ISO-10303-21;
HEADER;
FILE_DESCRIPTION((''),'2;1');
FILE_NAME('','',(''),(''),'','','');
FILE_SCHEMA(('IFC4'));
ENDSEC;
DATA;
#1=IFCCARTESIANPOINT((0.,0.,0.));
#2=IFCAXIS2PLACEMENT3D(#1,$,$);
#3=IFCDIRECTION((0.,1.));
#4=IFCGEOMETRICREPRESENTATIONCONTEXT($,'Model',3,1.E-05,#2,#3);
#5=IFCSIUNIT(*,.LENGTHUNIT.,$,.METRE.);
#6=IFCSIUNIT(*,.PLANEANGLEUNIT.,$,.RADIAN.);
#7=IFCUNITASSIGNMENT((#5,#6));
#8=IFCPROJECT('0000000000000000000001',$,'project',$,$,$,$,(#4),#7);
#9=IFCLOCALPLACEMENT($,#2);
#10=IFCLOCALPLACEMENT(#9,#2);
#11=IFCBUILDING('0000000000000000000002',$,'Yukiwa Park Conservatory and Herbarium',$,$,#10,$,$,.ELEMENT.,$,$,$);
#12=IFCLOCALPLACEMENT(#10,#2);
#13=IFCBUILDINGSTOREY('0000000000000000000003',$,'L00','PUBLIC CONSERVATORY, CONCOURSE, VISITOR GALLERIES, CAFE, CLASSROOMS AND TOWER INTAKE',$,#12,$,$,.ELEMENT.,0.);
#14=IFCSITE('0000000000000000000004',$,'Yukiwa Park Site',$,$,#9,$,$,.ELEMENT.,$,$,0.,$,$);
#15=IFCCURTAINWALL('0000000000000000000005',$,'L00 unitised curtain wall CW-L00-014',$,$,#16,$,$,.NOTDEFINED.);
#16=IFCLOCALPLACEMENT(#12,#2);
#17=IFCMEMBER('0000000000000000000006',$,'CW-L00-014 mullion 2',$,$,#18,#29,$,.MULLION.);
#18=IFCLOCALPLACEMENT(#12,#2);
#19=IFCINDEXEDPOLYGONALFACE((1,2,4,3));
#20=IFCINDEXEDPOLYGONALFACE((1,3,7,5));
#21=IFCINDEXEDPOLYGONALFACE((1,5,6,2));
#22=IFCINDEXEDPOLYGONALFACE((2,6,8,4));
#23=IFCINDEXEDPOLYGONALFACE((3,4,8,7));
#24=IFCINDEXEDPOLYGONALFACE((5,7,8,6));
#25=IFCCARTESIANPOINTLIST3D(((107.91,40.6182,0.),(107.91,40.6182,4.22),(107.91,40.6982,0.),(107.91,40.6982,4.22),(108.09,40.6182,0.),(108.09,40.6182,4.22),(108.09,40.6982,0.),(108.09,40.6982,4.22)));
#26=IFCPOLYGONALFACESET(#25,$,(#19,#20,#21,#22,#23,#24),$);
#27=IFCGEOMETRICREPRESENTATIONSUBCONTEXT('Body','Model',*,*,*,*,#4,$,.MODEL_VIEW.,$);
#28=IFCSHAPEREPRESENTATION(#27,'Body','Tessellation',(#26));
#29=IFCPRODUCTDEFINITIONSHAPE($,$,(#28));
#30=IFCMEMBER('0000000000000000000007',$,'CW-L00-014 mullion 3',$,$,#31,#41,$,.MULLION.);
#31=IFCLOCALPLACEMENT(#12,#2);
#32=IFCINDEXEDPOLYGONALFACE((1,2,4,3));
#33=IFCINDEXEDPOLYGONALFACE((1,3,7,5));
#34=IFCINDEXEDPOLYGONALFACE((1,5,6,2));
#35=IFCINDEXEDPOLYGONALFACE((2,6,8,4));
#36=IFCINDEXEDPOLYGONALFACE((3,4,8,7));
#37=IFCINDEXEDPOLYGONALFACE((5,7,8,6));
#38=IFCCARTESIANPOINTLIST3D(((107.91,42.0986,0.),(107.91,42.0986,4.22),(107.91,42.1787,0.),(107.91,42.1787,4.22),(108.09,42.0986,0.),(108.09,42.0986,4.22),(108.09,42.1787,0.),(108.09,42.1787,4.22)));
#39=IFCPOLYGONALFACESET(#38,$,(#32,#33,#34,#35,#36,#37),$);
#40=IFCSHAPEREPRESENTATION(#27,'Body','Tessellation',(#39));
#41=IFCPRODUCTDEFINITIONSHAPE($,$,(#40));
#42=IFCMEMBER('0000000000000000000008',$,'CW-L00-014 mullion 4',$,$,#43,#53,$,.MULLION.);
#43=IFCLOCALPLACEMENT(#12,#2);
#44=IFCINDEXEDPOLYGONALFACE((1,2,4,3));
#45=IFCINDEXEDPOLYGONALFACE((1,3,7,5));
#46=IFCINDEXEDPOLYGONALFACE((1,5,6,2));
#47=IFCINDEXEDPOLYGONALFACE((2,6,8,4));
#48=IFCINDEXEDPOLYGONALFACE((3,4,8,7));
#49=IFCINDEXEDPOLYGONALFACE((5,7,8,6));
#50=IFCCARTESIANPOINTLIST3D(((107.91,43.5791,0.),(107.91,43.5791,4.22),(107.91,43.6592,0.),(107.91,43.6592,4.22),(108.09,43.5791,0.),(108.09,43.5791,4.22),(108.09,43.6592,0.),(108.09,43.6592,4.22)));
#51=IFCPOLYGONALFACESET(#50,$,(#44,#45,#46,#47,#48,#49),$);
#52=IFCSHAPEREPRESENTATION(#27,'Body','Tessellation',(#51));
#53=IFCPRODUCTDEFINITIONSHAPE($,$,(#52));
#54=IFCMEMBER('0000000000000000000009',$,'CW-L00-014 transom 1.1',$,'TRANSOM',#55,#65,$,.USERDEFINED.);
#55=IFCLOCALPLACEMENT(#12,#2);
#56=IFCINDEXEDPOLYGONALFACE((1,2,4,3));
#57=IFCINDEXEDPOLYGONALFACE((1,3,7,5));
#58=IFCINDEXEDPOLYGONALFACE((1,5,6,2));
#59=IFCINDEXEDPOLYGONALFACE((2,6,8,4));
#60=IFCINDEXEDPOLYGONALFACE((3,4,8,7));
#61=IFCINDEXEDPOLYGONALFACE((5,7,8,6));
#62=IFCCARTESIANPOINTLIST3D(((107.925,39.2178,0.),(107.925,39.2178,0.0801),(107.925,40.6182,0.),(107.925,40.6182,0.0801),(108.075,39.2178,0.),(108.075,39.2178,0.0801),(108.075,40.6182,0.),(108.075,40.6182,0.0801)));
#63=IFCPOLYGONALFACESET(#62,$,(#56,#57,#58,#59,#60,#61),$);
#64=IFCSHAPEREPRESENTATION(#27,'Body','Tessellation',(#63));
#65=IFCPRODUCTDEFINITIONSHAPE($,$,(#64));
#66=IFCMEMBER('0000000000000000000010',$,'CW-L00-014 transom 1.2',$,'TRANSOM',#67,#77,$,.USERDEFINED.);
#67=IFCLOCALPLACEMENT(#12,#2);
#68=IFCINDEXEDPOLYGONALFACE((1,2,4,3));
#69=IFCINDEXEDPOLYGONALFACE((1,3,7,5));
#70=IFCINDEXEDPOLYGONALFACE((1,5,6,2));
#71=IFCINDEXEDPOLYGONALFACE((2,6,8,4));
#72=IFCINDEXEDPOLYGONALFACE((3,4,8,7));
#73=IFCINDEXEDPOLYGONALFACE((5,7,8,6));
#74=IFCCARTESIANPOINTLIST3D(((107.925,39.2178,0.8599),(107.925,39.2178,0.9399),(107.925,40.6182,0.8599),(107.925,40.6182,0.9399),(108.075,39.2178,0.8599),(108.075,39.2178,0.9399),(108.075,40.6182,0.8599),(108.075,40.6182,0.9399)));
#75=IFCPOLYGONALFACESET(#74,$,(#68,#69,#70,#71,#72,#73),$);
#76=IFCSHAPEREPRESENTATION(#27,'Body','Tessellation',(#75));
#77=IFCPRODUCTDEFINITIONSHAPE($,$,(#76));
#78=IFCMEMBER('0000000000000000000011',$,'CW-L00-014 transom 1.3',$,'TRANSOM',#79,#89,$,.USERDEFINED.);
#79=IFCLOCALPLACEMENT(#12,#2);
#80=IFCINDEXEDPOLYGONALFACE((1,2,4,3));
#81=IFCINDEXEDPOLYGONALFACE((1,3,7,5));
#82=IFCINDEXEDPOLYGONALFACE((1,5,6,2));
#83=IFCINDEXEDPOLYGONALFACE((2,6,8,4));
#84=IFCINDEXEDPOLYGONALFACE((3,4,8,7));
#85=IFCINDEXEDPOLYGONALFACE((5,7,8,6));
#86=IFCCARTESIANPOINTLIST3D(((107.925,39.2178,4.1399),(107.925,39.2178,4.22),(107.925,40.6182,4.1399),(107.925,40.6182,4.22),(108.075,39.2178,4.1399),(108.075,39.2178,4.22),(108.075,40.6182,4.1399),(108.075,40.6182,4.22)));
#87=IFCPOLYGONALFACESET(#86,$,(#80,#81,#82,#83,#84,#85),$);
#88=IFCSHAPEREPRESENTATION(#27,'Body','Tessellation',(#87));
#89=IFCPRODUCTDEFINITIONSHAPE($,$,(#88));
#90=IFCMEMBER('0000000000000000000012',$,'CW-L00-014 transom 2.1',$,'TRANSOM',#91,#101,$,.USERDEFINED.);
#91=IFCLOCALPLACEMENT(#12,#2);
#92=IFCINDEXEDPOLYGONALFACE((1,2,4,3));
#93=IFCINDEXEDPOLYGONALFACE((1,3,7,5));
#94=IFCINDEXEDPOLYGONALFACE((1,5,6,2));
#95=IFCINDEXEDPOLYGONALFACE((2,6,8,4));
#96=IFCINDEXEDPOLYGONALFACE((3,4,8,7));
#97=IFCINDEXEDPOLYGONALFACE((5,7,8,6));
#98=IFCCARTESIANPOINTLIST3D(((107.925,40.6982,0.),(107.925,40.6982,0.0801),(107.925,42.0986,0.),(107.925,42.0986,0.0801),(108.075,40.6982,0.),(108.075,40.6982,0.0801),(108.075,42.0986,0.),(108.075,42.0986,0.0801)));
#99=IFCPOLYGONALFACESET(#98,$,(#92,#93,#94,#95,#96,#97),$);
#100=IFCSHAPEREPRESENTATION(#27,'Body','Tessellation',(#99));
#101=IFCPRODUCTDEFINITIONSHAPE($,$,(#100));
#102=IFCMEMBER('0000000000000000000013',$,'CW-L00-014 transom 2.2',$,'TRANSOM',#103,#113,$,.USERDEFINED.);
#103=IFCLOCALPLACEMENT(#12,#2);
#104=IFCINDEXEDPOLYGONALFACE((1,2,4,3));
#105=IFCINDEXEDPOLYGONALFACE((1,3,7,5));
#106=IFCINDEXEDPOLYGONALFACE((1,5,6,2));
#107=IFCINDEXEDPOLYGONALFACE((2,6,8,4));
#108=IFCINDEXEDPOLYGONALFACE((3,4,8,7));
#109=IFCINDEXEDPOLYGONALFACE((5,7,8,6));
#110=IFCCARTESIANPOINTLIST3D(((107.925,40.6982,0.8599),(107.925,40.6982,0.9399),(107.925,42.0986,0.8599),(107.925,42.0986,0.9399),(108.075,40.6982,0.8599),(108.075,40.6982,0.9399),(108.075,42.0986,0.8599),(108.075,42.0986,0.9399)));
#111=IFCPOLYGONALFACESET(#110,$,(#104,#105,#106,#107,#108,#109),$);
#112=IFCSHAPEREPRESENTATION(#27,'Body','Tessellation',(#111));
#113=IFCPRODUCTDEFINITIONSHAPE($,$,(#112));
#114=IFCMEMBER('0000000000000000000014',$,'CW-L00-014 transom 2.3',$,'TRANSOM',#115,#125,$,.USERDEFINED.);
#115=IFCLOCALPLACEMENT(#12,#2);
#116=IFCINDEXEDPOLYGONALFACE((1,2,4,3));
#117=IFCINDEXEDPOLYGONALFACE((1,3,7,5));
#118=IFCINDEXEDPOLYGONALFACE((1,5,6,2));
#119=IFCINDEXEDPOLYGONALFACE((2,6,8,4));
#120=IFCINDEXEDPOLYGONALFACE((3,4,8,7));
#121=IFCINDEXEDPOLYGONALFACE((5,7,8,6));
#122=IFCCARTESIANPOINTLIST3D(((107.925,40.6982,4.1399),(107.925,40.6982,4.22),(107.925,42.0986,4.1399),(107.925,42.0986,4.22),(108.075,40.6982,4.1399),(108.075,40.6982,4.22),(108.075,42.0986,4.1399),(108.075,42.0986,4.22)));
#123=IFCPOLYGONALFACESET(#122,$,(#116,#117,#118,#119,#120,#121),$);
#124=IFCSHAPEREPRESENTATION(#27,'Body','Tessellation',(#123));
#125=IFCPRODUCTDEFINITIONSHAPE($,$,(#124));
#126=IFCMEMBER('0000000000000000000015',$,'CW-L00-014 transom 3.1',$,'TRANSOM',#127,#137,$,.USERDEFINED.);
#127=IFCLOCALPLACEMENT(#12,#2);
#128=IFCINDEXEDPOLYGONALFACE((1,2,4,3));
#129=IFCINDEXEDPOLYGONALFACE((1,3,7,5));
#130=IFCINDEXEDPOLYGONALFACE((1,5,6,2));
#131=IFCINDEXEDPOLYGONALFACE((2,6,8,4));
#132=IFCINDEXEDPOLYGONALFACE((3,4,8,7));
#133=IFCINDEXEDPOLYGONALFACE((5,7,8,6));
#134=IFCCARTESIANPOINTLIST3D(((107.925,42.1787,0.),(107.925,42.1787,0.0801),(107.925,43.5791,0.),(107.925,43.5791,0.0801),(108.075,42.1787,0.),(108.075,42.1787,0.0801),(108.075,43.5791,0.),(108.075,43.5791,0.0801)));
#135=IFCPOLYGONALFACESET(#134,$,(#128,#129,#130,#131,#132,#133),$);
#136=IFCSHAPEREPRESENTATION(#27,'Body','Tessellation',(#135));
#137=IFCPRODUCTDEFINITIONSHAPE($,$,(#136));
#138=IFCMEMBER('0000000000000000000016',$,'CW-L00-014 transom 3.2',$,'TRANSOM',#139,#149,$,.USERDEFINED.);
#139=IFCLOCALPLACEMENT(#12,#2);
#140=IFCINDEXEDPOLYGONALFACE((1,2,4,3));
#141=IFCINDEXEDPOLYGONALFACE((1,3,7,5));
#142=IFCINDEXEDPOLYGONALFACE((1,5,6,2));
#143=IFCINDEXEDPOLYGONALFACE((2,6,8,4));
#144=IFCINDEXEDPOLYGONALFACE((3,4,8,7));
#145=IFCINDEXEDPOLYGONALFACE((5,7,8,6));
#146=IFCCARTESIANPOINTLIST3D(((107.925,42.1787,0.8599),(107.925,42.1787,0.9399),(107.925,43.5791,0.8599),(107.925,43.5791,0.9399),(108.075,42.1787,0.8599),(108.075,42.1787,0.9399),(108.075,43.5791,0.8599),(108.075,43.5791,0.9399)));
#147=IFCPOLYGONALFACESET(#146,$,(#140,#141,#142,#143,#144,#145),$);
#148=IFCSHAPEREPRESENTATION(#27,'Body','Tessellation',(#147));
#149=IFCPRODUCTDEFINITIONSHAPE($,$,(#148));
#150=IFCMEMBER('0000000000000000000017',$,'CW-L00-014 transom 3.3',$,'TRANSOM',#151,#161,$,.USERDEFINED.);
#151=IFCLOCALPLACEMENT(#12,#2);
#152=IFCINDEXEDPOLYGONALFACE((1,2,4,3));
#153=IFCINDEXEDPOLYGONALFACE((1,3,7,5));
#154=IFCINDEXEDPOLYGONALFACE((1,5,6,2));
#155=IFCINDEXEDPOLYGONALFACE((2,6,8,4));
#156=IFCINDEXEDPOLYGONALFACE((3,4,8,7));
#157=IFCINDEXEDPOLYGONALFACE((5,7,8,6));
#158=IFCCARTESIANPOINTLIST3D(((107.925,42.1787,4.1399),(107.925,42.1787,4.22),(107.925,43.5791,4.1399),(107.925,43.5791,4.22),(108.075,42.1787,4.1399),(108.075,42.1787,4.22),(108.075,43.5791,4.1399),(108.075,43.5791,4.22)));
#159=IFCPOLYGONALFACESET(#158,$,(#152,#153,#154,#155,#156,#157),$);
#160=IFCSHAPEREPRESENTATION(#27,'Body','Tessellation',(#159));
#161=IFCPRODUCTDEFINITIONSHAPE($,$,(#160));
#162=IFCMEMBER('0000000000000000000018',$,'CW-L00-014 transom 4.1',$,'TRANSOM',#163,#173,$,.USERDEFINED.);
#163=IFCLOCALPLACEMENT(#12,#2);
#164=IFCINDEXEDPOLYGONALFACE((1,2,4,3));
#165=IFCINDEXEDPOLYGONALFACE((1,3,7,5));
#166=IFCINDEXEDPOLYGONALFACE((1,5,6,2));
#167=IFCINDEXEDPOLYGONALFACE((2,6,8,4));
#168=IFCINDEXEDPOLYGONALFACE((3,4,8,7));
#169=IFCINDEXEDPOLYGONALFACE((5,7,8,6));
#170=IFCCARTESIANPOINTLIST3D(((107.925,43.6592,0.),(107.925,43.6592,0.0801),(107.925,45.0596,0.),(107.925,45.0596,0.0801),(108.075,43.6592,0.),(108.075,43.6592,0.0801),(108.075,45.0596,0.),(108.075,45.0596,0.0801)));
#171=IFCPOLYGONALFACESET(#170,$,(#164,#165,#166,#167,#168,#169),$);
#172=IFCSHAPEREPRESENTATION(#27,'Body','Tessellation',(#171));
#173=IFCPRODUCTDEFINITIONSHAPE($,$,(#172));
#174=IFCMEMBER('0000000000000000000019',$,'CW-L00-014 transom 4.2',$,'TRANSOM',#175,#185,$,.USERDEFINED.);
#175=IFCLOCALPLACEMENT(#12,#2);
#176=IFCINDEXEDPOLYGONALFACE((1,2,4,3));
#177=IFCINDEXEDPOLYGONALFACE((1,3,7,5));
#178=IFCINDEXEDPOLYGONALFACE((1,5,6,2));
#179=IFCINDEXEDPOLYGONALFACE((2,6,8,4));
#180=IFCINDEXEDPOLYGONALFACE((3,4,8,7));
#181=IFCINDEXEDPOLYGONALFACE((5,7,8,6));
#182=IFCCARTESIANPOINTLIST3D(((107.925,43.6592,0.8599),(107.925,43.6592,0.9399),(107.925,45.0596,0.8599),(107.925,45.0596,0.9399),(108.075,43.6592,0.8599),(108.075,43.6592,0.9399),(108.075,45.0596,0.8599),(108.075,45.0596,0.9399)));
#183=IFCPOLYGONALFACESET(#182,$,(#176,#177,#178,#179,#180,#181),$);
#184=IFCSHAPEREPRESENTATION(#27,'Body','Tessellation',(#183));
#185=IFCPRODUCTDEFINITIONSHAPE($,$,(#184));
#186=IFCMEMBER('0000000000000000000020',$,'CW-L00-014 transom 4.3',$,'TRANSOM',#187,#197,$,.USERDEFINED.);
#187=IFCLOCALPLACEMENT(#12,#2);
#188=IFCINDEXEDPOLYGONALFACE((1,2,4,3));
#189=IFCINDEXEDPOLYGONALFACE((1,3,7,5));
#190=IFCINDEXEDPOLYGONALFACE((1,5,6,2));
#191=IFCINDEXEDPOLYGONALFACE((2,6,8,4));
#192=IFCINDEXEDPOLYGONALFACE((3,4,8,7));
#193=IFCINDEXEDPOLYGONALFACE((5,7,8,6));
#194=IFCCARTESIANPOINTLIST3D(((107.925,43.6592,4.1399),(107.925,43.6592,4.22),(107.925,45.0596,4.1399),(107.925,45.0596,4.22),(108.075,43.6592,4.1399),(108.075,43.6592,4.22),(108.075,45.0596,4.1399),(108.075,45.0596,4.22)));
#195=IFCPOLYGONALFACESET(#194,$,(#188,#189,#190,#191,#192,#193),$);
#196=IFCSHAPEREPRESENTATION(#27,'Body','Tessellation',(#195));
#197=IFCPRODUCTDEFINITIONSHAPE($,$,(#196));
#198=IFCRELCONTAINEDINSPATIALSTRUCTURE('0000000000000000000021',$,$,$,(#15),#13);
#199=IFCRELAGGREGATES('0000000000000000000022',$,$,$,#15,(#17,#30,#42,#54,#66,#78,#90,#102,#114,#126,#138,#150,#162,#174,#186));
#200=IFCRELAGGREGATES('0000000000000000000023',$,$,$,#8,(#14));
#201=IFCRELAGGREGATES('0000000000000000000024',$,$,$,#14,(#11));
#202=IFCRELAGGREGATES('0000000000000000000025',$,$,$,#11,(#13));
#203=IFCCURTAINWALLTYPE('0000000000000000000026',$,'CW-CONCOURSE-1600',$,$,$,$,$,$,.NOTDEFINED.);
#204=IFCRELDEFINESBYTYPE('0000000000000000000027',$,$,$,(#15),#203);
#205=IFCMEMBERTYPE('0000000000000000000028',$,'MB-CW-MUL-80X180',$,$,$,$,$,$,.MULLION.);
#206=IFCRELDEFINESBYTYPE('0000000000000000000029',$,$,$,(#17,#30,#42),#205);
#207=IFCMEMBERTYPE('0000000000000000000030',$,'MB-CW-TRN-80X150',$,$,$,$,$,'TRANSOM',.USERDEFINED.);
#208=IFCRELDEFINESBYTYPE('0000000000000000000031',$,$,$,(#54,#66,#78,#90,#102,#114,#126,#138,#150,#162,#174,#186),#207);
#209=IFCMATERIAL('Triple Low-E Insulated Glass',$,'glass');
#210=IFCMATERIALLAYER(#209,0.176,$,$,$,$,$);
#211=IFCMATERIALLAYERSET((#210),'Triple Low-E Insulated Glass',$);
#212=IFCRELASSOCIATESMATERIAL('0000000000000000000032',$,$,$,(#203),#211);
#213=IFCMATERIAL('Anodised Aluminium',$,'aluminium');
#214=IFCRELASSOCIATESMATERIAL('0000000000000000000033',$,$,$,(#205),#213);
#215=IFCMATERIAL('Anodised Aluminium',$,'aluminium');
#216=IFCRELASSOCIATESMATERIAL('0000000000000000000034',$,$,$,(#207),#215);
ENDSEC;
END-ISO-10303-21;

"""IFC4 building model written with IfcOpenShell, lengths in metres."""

from ifc_helpers import new_model, si_unit, direction, frame, origin, origin_2d, place, context, subcontext, project, spatial, rectangle, extrude, material, layer, layer_set, type_object, element, aggregate, save


model = new_model("IFC4")

# Units and contexts
model_context = context("Model", 3, precision=1e-05, world=origin(), true_north=direction((0.0, 1.0)))
body_context = subcontext(model_context, "Body", "Model", "MODEL_VIEW")
ifc_project = project(units=[si_unit("LENGTHUNIT", "METRE"), si_unit("PLANEANGLEUNIT", "RADIAN")], contexts=[model_context])

# Site, building, storey
site_placement = place(None, origin())
site = spatial("IfcSite", under=ifc_project, at=site_placement, Name="Yukiwa Park Site", CompositionType="ELEMENT", RefElevation=0.0)
building_placement = place(site_placement, origin())
building = spatial("IfcBuilding", under=site, at=building_placement, Name="Yukiwa Park Conservatory and Herbarium", CompositionType="ELEMENT")
storey_placement = place(building_placement, origin())
storey = spatial("IfcBuildingStorey", under=building, at=storey_placement, Name="L00", Description="PUBLIC CONSERVATORY, CONCOURSE, VISITOR GALLERIES, CAFE, CLASSROOMS AND TOWER INTAKE", CompositionType="ELEMENT", Elevation=0.0)

# Shared definitions
ifc_material_1 = material(Name="Triple Low-E Insulated Glass", Category="glass")
ifc_layer_1 = layer(ifc_material_1, 0.176)
ifc_layer_set_1 = layer_set([ifc_layer_1], Name="Triple Low-E Insulated Glass")
curtain_wall_type = type_object("IfcCurtainWallType", Name="CW-CONCOURSE-1600", PredefinedType="NOTDEFINED", material=ifc_layer_set_1)
ifc_material_2 = material(Name="Anodised Aluminium", Category="aluminium")
member_type_1 = type_object("IfcMemberType", Name="MB-CW-MUL-80X180", PredefinedType="MULLION", material=ifc_material_2)

# Curtain wall, members
curtain_wall_1_placement = place(storey_placement, origin())
curtain_wall_1 = element("IfcCurtainWall", 1, at=curtain_wall_1_placement, inside=storey, type_object=curtain_wall_type, Name="L00 unitised curtain wall CW-L00-014", PredefinedType="NOTDEFINED")
member_1_placement = place(storey_placement, frame((108.0, 40.6582, 0.0), z_axis=(0.0, 0.0, 1.0), x_axis=(0.0, 1.0, 0.0)))
member_1 = element("IfcMember", 2, at=member_1_placement, type_object=member_type_1, Name="CW-L00-014 mullion 2", PredefinedType="MULLION", context=body_context, shape_type="SweptSolid", body=[
    extrude(rectangle(XDim=0.0801, YDim=0.1799, at=origin_2d()), origin(), (0.0, 0.0, 1.0), 4.22),
])
member_2_placement = place(storey_placement, frame((108.0, 42.1387, 0.0), z_axis=(0.0, 0.0, 1.0), x_axis=(0.0, 1.0, 0.0)))
member_2 = element("IfcMember", 3, at=member_2_placement, type_object=member_type_1, Name="CW-L00-014 mullion 3", PredefinedType="MULLION", context=body_context, shape_type="SweptSolid", body=[
    extrude(rectangle(XDim=0.0801, YDim=0.1799, at=origin_2d()), origin(), (0.0, 0.0, 1.0), 4.22),
])
member_3_placement = place(storey_placement, frame((108.0, 43.6191, 0.0), z_axis=(0.0, 0.0, 1.0), x_axis=(0.0, 1.0, 0.0)))
member_3 = element("IfcMember", 4, at=member_3_placement, type_object=member_type_1, Name="CW-L00-014 mullion 4", PredefinedType="MULLION", context=body_context, shape_type="SweptSolid", body=[
    extrude(rectangle(XDim=0.0801, YDim=0.1799, at=origin_2d()), origin(), (0.0, 0.0, 1.0), 4.22),
])
ifc_material_3 = material(Name="Anodised Aluminium", Category="aluminium")
member_type_2 = type_object("IfcMemberType", Name="MB-CW-TRN-80X150", ElementType="TRANSOM", PredefinedType="USERDEFINED", material=ifc_material_3)
member_4_placement = place(storey_placement, frame((108.0, 39.918, 0.0), z_axis=(0.0, 0.0, 1.0), x_axis=(0.0, 1.0, 0.0)))
member_4 = element("IfcMember", 5, at=member_4_placement, type_object=member_type_2, Name="CW-L00-014 transom 1.1", ObjectType="TRANSOM", PredefinedType="USERDEFINED", context=body_context, shape_type="SweptSolid", body=[
    extrude(rectangle(XDim=1.4004, YDim=0.1499, at=origin_2d()), origin(), (0.0, 0.0, 1.0), 0.0801),
])
member_5_placement = place(storey_placement, frame((108.0, 39.918, 0.8599), z_axis=(0.0, 0.0, 1.0), x_axis=(0.0, 1.0, 0.0)))
member_5 = element("IfcMember", 6, at=member_5_placement, type_object=member_type_2, Name="CW-L00-014 transom 1.2", ObjectType="TRANSOM", PredefinedType="USERDEFINED", context=body_context, shape_type="SweptSolid", body=[
    extrude(rectangle(XDim=1.4004, YDim=0.1499, at=origin_2d()), origin(), (0.0, 0.0, 1.0), 0.0801),
])
member_6_placement = place(storey_placement, frame((108.0, 39.918, 4.1399), z_axis=(0.0, 0.0, 1.0), x_axis=(0.0, 1.0, 0.0)))
member_6 = element("IfcMember", 7, at=member_6_placement, type_object=member_type_2, Name="CW-L00-014 transom 1.3", ObjectType="TRANSOM", PredefinedType="USERDEFINED", context=body_context, shape_type="SweptSolid", body=[
    extrude(rectangle(XDim=1.4004, YDim=0.1499, at=origin_2d()), origin(), (0.0, 0.0, 1.0), 0.0801),
])
member_7_placement = place(storey_placement, frame((108.0, 41.3984, 0.0), z_axis=(0.0, 0.0, 1.0), x_axis=(0.0, 1.0, 0.0)))
member_7 = element("IfcMember", 8, at=member_7_placement, type_object=member_type_2, Name="CW-L00-014 transom 2.1", ObjectType="TRANSOM", PredefinedType="USERDEFINED", context=body_context, shape_type="SweptSolid", body=[
    extrude(rectangle(XDim=1.4004, YDim=0.1499, at=origin_2d()), origin(), (0.0, 0.0, 1.0), 0.0801),
])
member_8_placement = place(storey_placement, frame((108.0, 41.3984, 0.8599), z_axis=(0.0, 0.0, 1.0), x_axis=(0.0, 1.0, 0.0)))
member_8 = element("IfcMember", 9, at=member_8_placement, type_object=member_type_2, Name="CW-L00-014 transom 2.2", ObjectType="TRANSOM", PredefinedType="USERDEFINED", context=body_context, shape_type="SweptSolid", body=[
    extrude(rectangle(XDim=1.4004, YDim=0.1499, at=origin_2d()), origin(), (0.0, 0.0, 1.0), 0.0801),
])
member_9_placement = place(storey_placement, frame((108.0, 41.3984, 4.1399), z_axis=(0.0, 0.0, 1.0), x_axis=(0.0, 1.0, 0.0)))
member_9 = element("IfcMember", 10, at=member_9_placement, type_object=member_type_2, Name="CW-L00-014 transom 2.3", ObjectType="TRANSOM", PredefinedType="USERDEFINED", context=body_context, shape_type="SweptSolid", body=[
    extrude(rectangle(XDim=1.4004, YDim=0.1499, at=origin_2d()), origin(), (0.0, 0.0, 1.0), 0.0801),
])
member_10_placement = place(storey_placement, frame((108.0, 42.8789, 0.0), z_axis=(0.0, 0.0, 1.0), x_axis=(0.0, 1.0, 0.0)))
member_10 = element("IfcMember", 11, at=member_10_placement, type_object=member_type_2, Name="CW-L00-014 transom 3.1", ObjectType="TRANSOM", PredefinedType="USERDEFINED", context=body_context, shape_type="SweptSolid", body=[
    extrude(rectangle(XDim=1.4004, YDim=0.1499, at=origin_2d()), origin(), (0.0, 0.0, 1.0), 0.0801),
])
member_11_placement = place(storey_placement, frame((108.0, 42.8789, 0.8599), z_axis=(0.0, 0.0, 1.0), x_axis=(0.0, 1.0, 0.0)))
member_11 = element("IfcMember", 12, at=member_11_placement, type_object=member_type_2, Name="CW-L00-014 transom 3.2", ObjectType="TRANSOM", PredefinedType="USERDEFINED", context=body_context, shape_type="SweptSolid", body=[
    extrude(rectangle(XDim=1.4004, YDim=0.1499, at=origin_2d()), origin(), (0.0, 0.0, 1.0), 0.0801),
])
member_12_placement = place(storey_placement, frame((108.0, 42.8789, 4.1399), z_axis=(0.0, 0.0, 1.0), x_axis=(0.0, 1.0, 0.0)))
member_12 = element("IfcMember", 13, at=member_12_placement, type_object=member_type_2, Name="CW-L00-014 transom 3.3", ObjectType="TRANSOM", PredefinedType="USERDEFINED", context=body_context, shape_type="SweptSolid", body=[
    extrude(rectangle(XDim=1.4004, YDim=0.1499, at=origin_2d()), origin(), (0.0, 0.0, 1.0), 0.0801),
])
member_13_placement = place(storey_placement, frame((108.0, 44.3594, 0.0), z_axis=(0.0, 0.0, 1.0), x_axis=(0.0, 1.0, 0.0)))
member_13 = element("IfcMember", 14, at=member_13_placement, type_object=member_type_2, Name="CW-L00-014 transom 4.1", ObjectType="TRANSOM", PredefinedType="USERDEFINED", context=body_context, shape_type="SweptSolid", body=[
    extrude(rectangle(XDim=1.4004, YDim=0.1499, at=origin_2d()), origin(), (0.0, 0.0, 1.0), 0.0801),
])
member_14_placement = place(storey_placement, frame((108.0, 44.3594, 0.8599), z_axis=(0.0, 0.0, 1.0), x_axis=(0.0, 1.0, 0.0)))
member_14 = element("IfcMember", 15, at=member_14_placement, type_object=member_type_2, Name="CW-L00-014 transom 4.2", ObjectType="TRANSOM", PredefinedType="USERDEFINED", context=body_context, shape_type="SweptSolid", body=[
    extrude(rectangle(XDim=1.4004, YDim=0.1499, at=origin_2d()), origin(), (0.0, 0.0, 1.0), 0.0801),
])
member_15_placement = place(storey_placement, frame((108.0, 44.3594, 4.1399), z_axis=(0.0, 0.0, 1.0), x_axis=(0.0, 1.0, 0.0)))
member_15 = element("IfcMember", 16, at=member_15_placement, type_object=member_type_2, Name="CW-L00-014 transom 4.3", ObjectType="TRANSOM", PredefinedType="USERDEFINED", context=body_context, shape_type="SweptSolid", body=[
    extrude(rectangle(XDim=1.4004, YDim=0.1499, at=origin_2d()), origin(), (0.0, 0.0, 1.0), 0.0801),
])
aggregate(curtain_wall_1, [member_1, member_2, member_3, member_4, member_5, member_6, member_7, member_8, member_9, member_10, member_11, member_12, member_13, member_14, member_15])

save(model, "model.ifc")
